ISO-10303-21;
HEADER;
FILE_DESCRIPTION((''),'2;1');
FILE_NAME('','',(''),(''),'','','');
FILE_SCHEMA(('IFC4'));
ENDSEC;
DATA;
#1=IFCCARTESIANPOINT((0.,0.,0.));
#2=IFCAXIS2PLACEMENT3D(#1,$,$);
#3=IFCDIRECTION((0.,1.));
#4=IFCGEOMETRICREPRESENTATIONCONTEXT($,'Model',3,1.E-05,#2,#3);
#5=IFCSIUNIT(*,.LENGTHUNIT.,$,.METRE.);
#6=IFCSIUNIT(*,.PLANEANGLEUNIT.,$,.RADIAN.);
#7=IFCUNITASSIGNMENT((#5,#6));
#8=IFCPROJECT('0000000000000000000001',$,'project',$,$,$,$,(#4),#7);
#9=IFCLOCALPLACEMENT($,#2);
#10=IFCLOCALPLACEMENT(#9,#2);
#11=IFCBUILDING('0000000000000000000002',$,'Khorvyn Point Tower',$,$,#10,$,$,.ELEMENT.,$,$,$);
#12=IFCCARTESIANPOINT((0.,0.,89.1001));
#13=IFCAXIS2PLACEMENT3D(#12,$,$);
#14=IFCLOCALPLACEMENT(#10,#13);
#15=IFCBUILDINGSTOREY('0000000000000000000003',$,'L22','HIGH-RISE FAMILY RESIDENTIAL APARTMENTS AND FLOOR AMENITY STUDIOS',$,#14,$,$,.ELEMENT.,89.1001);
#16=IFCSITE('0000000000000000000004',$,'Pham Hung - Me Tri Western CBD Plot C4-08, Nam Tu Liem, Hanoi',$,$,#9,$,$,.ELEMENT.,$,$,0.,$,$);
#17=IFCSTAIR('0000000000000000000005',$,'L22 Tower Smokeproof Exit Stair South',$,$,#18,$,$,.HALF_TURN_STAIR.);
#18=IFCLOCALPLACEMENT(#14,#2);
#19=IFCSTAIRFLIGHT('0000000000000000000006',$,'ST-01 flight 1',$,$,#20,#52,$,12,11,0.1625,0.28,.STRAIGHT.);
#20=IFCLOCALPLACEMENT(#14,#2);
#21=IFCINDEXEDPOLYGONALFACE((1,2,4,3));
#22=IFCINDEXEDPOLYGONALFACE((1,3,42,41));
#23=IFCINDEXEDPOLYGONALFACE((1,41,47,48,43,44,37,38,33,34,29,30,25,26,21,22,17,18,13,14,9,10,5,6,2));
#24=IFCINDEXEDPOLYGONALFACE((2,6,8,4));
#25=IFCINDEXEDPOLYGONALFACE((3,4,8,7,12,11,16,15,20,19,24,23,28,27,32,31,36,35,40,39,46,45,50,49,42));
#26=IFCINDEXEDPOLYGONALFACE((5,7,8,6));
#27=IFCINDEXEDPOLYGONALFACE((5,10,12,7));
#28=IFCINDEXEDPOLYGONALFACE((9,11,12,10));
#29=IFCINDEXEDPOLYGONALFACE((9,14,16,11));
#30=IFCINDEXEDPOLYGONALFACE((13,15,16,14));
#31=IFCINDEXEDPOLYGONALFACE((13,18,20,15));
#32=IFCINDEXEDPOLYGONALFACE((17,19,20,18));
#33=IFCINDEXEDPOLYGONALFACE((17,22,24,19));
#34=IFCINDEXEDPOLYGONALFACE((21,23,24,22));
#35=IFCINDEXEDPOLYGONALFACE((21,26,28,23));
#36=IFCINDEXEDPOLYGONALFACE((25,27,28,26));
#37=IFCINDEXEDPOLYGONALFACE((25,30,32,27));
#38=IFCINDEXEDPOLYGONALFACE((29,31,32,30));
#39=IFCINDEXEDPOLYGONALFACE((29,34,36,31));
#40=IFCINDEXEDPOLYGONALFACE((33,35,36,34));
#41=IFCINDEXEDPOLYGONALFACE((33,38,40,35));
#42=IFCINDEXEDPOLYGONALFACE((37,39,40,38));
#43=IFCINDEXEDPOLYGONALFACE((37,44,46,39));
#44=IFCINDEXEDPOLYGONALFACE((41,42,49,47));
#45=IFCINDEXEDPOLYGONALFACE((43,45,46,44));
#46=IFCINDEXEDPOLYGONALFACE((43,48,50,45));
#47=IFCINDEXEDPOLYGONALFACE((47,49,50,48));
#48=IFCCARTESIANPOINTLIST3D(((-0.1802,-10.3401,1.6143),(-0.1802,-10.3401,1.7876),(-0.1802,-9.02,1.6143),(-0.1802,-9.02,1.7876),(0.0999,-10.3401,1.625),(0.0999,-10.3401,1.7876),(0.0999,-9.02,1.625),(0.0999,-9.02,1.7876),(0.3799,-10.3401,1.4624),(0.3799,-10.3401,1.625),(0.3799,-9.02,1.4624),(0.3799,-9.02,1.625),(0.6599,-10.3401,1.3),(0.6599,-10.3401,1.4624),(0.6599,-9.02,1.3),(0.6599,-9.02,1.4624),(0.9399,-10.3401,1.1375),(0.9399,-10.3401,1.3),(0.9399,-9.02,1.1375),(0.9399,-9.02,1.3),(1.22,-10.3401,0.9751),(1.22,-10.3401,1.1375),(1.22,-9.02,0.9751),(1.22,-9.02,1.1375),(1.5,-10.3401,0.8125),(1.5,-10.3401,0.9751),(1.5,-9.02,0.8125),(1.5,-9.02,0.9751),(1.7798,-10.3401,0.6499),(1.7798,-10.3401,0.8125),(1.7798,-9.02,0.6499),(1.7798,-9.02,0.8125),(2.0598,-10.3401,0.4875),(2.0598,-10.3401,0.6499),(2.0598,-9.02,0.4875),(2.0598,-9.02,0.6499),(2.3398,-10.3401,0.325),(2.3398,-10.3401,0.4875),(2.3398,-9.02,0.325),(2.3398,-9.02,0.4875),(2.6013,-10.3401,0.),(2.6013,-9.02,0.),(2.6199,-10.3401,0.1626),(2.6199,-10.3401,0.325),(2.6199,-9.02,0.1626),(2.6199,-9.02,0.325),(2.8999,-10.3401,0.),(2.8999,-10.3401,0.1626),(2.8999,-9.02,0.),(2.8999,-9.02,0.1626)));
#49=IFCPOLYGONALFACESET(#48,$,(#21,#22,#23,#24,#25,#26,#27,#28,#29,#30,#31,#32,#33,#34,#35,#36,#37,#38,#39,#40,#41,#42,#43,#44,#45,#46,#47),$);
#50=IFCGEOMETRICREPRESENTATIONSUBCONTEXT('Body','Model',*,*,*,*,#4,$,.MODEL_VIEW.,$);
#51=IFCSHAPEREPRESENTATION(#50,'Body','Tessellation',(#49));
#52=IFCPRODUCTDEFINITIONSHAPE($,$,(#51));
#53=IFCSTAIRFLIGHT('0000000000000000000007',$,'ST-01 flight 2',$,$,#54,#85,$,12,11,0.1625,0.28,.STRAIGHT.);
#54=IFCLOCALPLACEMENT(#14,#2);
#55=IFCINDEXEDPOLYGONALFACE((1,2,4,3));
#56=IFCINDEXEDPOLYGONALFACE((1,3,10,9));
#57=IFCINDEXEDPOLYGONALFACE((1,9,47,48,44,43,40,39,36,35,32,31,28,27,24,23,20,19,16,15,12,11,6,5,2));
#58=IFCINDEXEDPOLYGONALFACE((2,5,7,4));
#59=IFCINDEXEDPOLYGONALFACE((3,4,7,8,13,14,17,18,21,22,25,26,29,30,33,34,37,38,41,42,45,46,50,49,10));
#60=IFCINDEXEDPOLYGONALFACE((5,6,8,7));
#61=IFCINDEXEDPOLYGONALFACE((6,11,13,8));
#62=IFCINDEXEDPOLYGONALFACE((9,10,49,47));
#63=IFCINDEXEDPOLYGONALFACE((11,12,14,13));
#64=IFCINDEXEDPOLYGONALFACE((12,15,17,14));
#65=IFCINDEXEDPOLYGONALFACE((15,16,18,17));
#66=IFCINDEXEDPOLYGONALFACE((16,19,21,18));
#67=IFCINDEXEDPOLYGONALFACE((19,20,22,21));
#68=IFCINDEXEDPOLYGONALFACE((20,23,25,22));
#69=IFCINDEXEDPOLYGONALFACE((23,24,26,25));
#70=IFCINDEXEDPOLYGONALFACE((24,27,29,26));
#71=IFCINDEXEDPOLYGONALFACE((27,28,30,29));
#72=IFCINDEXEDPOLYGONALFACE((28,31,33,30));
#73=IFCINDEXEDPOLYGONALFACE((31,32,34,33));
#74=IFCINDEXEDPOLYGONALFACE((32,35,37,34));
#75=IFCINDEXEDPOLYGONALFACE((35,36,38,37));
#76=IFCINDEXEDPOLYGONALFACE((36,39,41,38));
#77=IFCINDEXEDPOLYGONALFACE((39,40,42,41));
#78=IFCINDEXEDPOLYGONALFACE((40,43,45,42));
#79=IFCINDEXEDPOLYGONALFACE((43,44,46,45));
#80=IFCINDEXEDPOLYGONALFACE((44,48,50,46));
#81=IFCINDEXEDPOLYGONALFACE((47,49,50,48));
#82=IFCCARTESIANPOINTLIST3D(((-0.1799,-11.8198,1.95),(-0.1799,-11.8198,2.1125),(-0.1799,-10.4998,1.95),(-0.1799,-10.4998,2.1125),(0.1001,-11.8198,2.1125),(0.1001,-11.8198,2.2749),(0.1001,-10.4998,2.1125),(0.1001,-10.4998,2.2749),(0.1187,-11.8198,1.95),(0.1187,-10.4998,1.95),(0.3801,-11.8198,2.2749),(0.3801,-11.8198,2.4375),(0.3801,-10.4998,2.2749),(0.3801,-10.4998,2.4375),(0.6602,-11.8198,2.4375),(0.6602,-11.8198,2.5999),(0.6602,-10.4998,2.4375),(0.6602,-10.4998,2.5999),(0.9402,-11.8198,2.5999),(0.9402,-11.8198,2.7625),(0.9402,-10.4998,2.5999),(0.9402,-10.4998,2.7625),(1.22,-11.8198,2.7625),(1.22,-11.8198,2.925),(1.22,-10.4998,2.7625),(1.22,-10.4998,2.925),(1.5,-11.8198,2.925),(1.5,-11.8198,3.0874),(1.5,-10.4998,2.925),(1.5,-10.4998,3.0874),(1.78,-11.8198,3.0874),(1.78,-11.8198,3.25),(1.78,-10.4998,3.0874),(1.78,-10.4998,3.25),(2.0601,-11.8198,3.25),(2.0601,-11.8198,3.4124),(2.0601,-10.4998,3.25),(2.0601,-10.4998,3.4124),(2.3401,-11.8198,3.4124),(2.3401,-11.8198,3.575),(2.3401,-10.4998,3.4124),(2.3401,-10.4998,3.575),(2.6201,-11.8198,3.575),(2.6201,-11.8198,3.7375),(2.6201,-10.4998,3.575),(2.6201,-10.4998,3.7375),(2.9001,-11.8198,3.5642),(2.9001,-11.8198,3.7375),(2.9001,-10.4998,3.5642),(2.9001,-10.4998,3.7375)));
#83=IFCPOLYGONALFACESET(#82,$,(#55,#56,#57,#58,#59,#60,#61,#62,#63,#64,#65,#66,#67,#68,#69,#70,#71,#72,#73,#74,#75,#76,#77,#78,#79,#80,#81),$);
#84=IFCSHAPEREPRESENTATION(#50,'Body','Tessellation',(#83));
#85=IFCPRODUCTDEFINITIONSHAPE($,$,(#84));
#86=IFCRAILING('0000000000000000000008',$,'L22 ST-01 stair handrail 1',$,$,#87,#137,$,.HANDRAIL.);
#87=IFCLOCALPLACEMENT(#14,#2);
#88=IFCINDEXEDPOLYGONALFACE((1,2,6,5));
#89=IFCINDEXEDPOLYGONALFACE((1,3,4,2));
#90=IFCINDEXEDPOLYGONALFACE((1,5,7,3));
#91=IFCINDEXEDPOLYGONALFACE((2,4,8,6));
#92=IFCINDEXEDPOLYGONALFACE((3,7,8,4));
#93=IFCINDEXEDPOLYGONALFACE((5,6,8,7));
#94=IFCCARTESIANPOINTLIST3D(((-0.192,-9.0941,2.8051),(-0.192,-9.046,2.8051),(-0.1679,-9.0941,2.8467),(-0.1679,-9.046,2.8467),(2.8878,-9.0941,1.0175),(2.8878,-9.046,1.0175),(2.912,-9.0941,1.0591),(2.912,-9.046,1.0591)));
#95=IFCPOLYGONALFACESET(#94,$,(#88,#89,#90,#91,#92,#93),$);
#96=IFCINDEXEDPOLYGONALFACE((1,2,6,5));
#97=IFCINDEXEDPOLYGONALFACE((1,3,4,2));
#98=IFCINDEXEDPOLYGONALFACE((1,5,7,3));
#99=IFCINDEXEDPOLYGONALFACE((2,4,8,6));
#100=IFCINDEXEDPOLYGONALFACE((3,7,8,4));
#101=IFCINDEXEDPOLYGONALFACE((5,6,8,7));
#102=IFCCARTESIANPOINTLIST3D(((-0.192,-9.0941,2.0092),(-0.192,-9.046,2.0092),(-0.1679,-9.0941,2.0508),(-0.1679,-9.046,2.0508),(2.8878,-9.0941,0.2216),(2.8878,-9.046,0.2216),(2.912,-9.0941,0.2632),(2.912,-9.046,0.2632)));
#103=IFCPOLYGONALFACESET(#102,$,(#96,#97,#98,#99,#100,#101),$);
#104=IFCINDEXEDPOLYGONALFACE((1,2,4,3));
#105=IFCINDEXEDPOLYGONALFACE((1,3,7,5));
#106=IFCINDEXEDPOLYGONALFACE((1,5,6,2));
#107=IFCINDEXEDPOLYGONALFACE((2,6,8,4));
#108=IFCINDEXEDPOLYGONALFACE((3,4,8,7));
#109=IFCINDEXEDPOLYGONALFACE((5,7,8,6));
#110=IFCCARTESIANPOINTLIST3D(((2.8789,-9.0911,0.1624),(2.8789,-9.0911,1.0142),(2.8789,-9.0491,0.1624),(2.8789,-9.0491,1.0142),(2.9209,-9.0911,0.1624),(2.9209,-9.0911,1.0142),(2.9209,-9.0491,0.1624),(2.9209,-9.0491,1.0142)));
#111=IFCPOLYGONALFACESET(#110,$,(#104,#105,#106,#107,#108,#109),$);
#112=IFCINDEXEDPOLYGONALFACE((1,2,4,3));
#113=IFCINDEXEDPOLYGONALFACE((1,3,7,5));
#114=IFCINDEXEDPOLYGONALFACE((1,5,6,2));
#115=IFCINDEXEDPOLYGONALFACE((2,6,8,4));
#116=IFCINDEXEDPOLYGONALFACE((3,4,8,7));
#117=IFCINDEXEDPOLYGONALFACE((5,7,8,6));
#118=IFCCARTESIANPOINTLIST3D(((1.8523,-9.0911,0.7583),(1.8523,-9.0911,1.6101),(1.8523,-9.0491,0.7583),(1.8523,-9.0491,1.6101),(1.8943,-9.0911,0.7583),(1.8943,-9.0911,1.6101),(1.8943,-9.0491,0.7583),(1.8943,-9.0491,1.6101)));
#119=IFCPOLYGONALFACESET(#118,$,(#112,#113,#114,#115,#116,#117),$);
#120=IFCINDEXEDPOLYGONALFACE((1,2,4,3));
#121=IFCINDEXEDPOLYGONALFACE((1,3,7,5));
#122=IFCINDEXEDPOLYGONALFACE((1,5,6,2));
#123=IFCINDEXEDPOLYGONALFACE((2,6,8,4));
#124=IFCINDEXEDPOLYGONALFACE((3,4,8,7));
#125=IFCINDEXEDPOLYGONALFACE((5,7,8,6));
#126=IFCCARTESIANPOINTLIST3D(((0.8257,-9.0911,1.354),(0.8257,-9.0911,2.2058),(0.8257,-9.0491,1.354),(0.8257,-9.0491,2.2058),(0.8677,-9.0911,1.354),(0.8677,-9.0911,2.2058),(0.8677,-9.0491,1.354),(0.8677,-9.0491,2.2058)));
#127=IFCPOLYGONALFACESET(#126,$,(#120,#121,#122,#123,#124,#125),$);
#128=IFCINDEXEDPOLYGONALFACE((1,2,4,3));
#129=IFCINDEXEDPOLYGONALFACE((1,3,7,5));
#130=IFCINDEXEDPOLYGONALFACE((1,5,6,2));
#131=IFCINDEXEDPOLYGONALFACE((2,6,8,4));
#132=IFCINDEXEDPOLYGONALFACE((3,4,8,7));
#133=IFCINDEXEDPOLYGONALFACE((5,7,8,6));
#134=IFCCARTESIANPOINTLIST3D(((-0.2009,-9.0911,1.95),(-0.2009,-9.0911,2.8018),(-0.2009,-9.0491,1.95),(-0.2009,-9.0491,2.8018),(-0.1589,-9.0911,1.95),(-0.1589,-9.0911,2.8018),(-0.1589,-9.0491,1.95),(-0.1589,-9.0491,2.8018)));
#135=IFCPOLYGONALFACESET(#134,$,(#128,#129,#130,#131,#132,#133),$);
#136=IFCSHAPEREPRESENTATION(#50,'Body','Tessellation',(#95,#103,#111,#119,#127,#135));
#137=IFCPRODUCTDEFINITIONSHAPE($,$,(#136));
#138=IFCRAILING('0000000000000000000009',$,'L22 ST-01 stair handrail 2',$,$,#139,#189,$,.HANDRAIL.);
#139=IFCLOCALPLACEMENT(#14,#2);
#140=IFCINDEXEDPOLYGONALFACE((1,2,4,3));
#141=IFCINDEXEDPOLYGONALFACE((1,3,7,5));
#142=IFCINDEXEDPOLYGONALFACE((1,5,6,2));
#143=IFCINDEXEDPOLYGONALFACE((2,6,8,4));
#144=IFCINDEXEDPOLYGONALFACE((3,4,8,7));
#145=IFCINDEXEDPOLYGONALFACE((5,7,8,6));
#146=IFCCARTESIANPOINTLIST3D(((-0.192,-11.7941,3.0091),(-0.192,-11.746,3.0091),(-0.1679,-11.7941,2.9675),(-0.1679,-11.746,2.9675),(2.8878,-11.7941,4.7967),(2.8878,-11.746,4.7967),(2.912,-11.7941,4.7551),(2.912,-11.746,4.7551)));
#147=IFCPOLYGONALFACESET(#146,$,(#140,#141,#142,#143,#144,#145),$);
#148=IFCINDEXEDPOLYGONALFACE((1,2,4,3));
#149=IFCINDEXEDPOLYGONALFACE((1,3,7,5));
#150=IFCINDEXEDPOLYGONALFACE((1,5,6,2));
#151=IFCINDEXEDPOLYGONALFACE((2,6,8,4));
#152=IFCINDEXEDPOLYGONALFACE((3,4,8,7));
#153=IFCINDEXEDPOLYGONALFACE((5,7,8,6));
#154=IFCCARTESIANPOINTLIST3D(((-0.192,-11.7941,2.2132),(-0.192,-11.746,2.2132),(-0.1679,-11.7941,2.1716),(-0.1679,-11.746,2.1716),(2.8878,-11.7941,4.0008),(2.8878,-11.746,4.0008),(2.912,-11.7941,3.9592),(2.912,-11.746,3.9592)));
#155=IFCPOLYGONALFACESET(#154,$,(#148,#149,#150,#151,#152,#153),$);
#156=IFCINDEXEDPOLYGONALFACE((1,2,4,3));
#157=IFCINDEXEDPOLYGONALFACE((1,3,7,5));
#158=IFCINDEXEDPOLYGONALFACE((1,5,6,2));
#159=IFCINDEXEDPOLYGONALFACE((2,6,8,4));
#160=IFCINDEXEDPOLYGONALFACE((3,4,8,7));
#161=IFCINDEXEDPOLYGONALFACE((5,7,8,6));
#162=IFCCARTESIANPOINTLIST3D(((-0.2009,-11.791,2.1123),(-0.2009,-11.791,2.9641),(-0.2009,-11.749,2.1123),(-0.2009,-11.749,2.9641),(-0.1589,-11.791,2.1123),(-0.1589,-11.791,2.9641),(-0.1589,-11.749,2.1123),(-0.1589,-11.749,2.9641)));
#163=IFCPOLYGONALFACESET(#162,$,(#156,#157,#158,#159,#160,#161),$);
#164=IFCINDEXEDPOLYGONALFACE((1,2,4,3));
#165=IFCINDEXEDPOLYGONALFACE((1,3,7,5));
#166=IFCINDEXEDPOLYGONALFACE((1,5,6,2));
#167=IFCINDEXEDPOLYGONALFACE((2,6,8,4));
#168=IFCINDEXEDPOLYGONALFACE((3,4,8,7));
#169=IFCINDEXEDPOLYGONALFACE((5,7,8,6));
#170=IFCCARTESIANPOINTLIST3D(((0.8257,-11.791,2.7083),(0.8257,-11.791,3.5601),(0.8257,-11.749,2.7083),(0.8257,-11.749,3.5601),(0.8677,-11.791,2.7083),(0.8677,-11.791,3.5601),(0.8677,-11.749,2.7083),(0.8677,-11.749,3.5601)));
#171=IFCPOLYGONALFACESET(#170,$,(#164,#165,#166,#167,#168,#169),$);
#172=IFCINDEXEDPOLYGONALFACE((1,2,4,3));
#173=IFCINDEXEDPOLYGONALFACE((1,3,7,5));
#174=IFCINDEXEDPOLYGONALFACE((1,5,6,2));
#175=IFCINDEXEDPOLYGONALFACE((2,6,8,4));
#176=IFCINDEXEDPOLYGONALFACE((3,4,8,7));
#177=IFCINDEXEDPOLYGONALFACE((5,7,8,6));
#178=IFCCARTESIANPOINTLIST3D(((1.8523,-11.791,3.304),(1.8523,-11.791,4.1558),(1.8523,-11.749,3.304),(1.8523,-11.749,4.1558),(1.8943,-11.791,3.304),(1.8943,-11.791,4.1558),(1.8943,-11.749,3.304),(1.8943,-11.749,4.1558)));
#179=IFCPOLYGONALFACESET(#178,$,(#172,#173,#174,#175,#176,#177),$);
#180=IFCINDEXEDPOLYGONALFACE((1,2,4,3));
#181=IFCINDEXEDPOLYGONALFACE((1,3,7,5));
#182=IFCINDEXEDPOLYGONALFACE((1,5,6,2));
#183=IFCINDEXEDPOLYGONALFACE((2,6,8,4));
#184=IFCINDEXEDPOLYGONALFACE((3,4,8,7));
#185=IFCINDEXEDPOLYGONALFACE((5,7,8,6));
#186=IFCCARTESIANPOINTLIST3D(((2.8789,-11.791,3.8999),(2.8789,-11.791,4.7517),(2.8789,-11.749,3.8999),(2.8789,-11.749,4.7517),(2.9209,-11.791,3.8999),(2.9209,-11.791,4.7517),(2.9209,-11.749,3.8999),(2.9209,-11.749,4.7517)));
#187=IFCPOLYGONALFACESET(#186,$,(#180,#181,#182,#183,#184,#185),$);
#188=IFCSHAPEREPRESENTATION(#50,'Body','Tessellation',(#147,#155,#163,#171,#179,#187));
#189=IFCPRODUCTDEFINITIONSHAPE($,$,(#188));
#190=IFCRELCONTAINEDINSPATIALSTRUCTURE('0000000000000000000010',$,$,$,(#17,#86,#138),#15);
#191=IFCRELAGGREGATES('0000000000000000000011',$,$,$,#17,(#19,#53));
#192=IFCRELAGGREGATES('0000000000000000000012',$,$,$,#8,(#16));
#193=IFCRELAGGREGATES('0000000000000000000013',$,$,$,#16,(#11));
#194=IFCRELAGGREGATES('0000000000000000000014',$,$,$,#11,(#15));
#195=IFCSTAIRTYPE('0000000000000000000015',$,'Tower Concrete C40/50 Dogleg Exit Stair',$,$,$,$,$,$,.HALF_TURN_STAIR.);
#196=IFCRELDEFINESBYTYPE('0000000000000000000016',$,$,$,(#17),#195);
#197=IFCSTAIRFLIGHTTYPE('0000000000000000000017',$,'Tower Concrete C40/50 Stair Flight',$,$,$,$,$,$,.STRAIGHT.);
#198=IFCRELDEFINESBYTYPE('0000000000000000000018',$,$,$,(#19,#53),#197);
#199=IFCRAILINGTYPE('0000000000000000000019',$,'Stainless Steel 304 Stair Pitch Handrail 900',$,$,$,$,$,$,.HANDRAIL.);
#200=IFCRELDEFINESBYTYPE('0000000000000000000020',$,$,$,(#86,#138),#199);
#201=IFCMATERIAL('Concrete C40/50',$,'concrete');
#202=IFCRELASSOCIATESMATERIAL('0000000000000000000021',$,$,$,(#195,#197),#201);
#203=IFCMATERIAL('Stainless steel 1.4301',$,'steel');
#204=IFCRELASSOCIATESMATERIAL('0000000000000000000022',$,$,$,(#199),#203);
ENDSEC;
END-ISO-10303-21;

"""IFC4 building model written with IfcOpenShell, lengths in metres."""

from ifc_helpers import new_model, si_unit, direction, frame, origin, origin_2d, place, context, subcontext, project, spatial, polyline, rectangle, outline, extrude, material, type_object, element, aggregate, save


model = new_model("IFC4")

# Units and contexts
model_context = context("Model", 3, precision=1e-05, world=origin(), true_north=direction((0.0, 1.0)))
body_context = subcontext(model_context, "Body", "Model", "MODEL_VIEW")
ifc_project = project(units=[si_unit("LENGTHUNIT", "METRE"), si_unit("PLANEANGLEUNIT", "RADIAN")], contexts=[model_context])

# Site, building, storey
site_placement = place(None, origin())
site = spatial("IfcSite", under=ifc_project, at=site_placement, Name="Pham Hung - Me Tri Western CBD Plot C4-08, Nam Tu Liem, Hanoi", CompositionType="ELEMENT", RefElevation=0.0)
building_placement = place(site_placement, origin())
building = spatial("IfcBuilding", under=site, at=building_placement, Name="Khorvyn Point Tower", CompositionType="ELEMENT")
storey_placement = place(building_placement, frame((0.0, 0.0, 89.1001)))
storey = spatial("IfcBuildingStorey", under=building, at=storey_placement, Name="L22", Description="HIGH-RISE FAMILY RESIDENTIAL APARTMENTS AND FLOOR AMENITY STUDIOS", CompositionType="ELEMENT", Elevation=89.1001)

# Shared definitions
ifc_material_1 = material(Name="Concrete C40/50", Category="concrete")

# Stair, stair flights
stair_type = type_object("IfcStairType", Name="Tower Concrete C40/50 Dogleg Exit Stair", PredefinedType="HALF_TURN_STAIR", material=ifc_material_1)
stair_placement = place(storey_placement, origin())
stair = element("IfcStair", 1, at=stair_placement, inside=storey, type_object=stair_type, Name="L22 Tower Smokeproof Exit Stair South", PredefinedType="HALF_TURN_STAIR")
stair_flight_type = type_object("IfcStairFlightType", Name="Tower Concrete C40/50 Stair Flight", PredefinedType="STRAIGHT", material=ifc_material_1)
stair_flight_1_placement = place(storey_placement, frame((2.8999, -9.6799, 0.0), z_axis=(0.0, 0.0, 1.0), x_axis=(-1.0, 0.0, 0.0)))
stair_flight_1 = element("IfcStairFlight", 2, at=stair_flight_1_placement, type_object=stair_flight_type, Name="ST-01 flight 1", NumberOfRisers=12, NumberOfTreads=11, PredefinedType="STRAIGHT", RiserHeight=0.1625, TreadLength=0.28, context=body_context, shape_type="SweptSolid", body=[
    extrude(outline(polyline([(0.0, 0.0), (0.0, 0.1626), (0.28, 0.1626), (0.28, 0.325), (0.5601, 0.325), (0.5601, 0.4875), (0.8401, 0.4875), (0.8401, 0.6499), (1.1201, 0.6499), (1.1201, 0.8125), (1.3999, 0.8125), (1.3999, 0.9751), (1.6799, 0.9751), (1.6799, 1.1375), (1.96, 1.1375), (1.96, 1.3), (2.24, 1.3), (2.24, 1.4624), (2.52, 1.4624), (2.52, 1.625), (2.8, 1.625), (2.8, 1.7876), (3.0801, 1.7876), (3.0801, 1.95), (3.0801, 1.6143), (0.2986, 0.0), (0.0, 0.0)])), frame((0.0, 0.6602, 0.0), z_axis=(0.0, -1.0, 0.0), x_axis=(1.0, 0.0, 0.0)), (0.0, 0.0, 1.0), 1.3201),
])
stair_flight_2_placement = place(storey_placement, frame((-0.1799, -11.1599, 1.95), z_axis=(0.0, 0.0, 1.0), x_axis=(1.0, 0.0, 0.0)))
stair_flight_2 = element("IfcStairFlight", 3, at=stair_flight_2_placement, type_object=stair_flight_type, Name="ST-01 flight 2", NumberOfRisers=12, NumberOfTreads=11, PredefinedType="STRAIGHT", RiserHeight=0.1625, TreadLength=0.28, context=body_context, shape_type="SweptSolid", body=[
    extrude(outline(polyline([(0.0, 0.0), (0.0, 0.1626), (0.28, 0.1626), (0.28, 0.325), (0.5601, 0.325), (0.5601, 0.4875), (0.8401, 0.4875), (0.8401, 0.6499), (1.1201, 0.6499), (1.1201, 0.8125), (1.3999, 0.8125), (1.3999, 0.9751), (1.6799, 0.9751), (1.6799, 1.1375), (1.96, 1.1375), (1.96, 1.3), (2.24, 1.3), (2.24, 1.4624), (2.52, 1.4624), (2.52, 1.625), (2.8, 1.625), (2.8, 1.7876), (3.0801, 1.7876), (3.0801, 1.95), (3.0801, 1.6143), (0.2986, 0.0), (0.0, 0.0)])), frame((0.0, 0.6602, 0.0), z_axis=(0.0, -1.0, 0.0), x_axis=(1.0, 0.0, 0.0)), (0.0, 0.0, 1.0), 1.3201),
])
aggregate(stair, [stair_flight_1, stair_flight_2])

# Railings
ifc_material_2 = material(Name="Stainless steel 1.4301", Category="steel")
railing_type_1 = type_object("IfcRailingType", Name="Stainless Steel 304 Stair Pitch Handrail 900", PredefinedType="HANDRAIL", material=ifc_material_2)
railing_1_placement = place(storey_placement, frame((2.8999, -9.0701, 0.1624)))
element("IfcRailing", 4, at=railing_1_placement, inside=storey, type_object=railing_type_1, Name="L22 ST-01 stair handrail 1", PredefinedType="HANDRAIL", context=body_context, shape_type="SweptSolid", body=[
    extrude(rectangle(XDim=0.0481, YDim=0.0481, at=origin_2d()), frame((0.0, 0.0, 0.876), z_axis=(-0.864873, 0.0, 0.50199), x_axis=(0.0, -1.0, 0.0)), (0.0, 0.0, 1.0), 3.561),
    extrude(rectangle(XDim=0.0481, YDim=0.0481, at=origin_2d()), frame((0.0, 0.0, 0.0801), z_axis=(-0.864873, 0.0, 0.50199), x_axis=(0.0, -1.0, 0.0)), (0.0, 0.0, 1.0), 3.561),
    extrude(rectangle(XDim=0.042, YDim=0.042, at=origin_2d()), origin(), (0.0, 0.0, 1.0), 0.8518),
    extrude(rectangle(XDim=0.042, YDim=0.042, at=origin_2d()), frame((-1.0266, 0.0, 0.5959)), (0.0, 0.0, 1.0), 0.8518),
    extrude(rectangle(XDim=0.042, YDim=0.042, at=origin_2d()), frame((-2.0532, 0.0, 1.1917)), (0.0, 0.0, 1.0), 0.8518),
    extrude(rectangle(XDim=0.042, YDim=0.042, at=origin_2d()), frame((-3.0798, 0.0, 1.7876)), (0.0, 0.0, 1.0), 0.8518),
])
railing_2_placement = place(storey_placement, frame((-0.1799, -11.77, 2.1123)))
element("IfcRailing", 5, at=railing_2_placement, inside=storey, type_object=railing_type_1, Name="L22 ST-01 stair handrail 2", PredefinedType="HANDRAIL", context=body_context, shape_type="SweptSolid", body=[
    extrude(rectangle(XDim=0.0481, YDim=0.0481, at=origin_2d()), frame((0.0, 0.0, 0.876), z_axis=(0.864873, 0.0, 0.50199), x_axis=(0.0, 1.0, 0.0)), (0.0, 0.0, 1.0), 3.561),
    extrude(rectangle(XDim=0.0481, YDim=0.0481, at=origin_2d()), frame((0.0, 0.0, 0.0801), z_axis=(0.864873, 0.0, 0.50199), x_axis=(0.0, 1.0, 0.0)), (0.0, 0.0, 1.0), 3.561),
    extrude(rectangle(XDim=0.042, YDim=0.042, at=origin_2d()), origin(), (0.0, 0.0, 1.0), 0.8518),
    extrude(rectangle(XDim=0.042, YDim=0.042, at=origin_2d()), frame((1.0266, 0.0, 0.5959)), (0.0, 0.0, 1.0), 0.8518),
    extrude(rectangle(XDim=0.042, YDim=0.042, at=origin_2d()), frame((2.0532, 0.0, 1.1917)), (0.0, 0.0, 1.0), 0.8518),
    extrude(rectangle(XDim=0.042, YDim=0.042, at=origin_2d()), frame((3.0798, 0.0, 1.7876)), (0.0, 0.0, 1.0), 0.8518),
])

save(model, "model.ifc")
